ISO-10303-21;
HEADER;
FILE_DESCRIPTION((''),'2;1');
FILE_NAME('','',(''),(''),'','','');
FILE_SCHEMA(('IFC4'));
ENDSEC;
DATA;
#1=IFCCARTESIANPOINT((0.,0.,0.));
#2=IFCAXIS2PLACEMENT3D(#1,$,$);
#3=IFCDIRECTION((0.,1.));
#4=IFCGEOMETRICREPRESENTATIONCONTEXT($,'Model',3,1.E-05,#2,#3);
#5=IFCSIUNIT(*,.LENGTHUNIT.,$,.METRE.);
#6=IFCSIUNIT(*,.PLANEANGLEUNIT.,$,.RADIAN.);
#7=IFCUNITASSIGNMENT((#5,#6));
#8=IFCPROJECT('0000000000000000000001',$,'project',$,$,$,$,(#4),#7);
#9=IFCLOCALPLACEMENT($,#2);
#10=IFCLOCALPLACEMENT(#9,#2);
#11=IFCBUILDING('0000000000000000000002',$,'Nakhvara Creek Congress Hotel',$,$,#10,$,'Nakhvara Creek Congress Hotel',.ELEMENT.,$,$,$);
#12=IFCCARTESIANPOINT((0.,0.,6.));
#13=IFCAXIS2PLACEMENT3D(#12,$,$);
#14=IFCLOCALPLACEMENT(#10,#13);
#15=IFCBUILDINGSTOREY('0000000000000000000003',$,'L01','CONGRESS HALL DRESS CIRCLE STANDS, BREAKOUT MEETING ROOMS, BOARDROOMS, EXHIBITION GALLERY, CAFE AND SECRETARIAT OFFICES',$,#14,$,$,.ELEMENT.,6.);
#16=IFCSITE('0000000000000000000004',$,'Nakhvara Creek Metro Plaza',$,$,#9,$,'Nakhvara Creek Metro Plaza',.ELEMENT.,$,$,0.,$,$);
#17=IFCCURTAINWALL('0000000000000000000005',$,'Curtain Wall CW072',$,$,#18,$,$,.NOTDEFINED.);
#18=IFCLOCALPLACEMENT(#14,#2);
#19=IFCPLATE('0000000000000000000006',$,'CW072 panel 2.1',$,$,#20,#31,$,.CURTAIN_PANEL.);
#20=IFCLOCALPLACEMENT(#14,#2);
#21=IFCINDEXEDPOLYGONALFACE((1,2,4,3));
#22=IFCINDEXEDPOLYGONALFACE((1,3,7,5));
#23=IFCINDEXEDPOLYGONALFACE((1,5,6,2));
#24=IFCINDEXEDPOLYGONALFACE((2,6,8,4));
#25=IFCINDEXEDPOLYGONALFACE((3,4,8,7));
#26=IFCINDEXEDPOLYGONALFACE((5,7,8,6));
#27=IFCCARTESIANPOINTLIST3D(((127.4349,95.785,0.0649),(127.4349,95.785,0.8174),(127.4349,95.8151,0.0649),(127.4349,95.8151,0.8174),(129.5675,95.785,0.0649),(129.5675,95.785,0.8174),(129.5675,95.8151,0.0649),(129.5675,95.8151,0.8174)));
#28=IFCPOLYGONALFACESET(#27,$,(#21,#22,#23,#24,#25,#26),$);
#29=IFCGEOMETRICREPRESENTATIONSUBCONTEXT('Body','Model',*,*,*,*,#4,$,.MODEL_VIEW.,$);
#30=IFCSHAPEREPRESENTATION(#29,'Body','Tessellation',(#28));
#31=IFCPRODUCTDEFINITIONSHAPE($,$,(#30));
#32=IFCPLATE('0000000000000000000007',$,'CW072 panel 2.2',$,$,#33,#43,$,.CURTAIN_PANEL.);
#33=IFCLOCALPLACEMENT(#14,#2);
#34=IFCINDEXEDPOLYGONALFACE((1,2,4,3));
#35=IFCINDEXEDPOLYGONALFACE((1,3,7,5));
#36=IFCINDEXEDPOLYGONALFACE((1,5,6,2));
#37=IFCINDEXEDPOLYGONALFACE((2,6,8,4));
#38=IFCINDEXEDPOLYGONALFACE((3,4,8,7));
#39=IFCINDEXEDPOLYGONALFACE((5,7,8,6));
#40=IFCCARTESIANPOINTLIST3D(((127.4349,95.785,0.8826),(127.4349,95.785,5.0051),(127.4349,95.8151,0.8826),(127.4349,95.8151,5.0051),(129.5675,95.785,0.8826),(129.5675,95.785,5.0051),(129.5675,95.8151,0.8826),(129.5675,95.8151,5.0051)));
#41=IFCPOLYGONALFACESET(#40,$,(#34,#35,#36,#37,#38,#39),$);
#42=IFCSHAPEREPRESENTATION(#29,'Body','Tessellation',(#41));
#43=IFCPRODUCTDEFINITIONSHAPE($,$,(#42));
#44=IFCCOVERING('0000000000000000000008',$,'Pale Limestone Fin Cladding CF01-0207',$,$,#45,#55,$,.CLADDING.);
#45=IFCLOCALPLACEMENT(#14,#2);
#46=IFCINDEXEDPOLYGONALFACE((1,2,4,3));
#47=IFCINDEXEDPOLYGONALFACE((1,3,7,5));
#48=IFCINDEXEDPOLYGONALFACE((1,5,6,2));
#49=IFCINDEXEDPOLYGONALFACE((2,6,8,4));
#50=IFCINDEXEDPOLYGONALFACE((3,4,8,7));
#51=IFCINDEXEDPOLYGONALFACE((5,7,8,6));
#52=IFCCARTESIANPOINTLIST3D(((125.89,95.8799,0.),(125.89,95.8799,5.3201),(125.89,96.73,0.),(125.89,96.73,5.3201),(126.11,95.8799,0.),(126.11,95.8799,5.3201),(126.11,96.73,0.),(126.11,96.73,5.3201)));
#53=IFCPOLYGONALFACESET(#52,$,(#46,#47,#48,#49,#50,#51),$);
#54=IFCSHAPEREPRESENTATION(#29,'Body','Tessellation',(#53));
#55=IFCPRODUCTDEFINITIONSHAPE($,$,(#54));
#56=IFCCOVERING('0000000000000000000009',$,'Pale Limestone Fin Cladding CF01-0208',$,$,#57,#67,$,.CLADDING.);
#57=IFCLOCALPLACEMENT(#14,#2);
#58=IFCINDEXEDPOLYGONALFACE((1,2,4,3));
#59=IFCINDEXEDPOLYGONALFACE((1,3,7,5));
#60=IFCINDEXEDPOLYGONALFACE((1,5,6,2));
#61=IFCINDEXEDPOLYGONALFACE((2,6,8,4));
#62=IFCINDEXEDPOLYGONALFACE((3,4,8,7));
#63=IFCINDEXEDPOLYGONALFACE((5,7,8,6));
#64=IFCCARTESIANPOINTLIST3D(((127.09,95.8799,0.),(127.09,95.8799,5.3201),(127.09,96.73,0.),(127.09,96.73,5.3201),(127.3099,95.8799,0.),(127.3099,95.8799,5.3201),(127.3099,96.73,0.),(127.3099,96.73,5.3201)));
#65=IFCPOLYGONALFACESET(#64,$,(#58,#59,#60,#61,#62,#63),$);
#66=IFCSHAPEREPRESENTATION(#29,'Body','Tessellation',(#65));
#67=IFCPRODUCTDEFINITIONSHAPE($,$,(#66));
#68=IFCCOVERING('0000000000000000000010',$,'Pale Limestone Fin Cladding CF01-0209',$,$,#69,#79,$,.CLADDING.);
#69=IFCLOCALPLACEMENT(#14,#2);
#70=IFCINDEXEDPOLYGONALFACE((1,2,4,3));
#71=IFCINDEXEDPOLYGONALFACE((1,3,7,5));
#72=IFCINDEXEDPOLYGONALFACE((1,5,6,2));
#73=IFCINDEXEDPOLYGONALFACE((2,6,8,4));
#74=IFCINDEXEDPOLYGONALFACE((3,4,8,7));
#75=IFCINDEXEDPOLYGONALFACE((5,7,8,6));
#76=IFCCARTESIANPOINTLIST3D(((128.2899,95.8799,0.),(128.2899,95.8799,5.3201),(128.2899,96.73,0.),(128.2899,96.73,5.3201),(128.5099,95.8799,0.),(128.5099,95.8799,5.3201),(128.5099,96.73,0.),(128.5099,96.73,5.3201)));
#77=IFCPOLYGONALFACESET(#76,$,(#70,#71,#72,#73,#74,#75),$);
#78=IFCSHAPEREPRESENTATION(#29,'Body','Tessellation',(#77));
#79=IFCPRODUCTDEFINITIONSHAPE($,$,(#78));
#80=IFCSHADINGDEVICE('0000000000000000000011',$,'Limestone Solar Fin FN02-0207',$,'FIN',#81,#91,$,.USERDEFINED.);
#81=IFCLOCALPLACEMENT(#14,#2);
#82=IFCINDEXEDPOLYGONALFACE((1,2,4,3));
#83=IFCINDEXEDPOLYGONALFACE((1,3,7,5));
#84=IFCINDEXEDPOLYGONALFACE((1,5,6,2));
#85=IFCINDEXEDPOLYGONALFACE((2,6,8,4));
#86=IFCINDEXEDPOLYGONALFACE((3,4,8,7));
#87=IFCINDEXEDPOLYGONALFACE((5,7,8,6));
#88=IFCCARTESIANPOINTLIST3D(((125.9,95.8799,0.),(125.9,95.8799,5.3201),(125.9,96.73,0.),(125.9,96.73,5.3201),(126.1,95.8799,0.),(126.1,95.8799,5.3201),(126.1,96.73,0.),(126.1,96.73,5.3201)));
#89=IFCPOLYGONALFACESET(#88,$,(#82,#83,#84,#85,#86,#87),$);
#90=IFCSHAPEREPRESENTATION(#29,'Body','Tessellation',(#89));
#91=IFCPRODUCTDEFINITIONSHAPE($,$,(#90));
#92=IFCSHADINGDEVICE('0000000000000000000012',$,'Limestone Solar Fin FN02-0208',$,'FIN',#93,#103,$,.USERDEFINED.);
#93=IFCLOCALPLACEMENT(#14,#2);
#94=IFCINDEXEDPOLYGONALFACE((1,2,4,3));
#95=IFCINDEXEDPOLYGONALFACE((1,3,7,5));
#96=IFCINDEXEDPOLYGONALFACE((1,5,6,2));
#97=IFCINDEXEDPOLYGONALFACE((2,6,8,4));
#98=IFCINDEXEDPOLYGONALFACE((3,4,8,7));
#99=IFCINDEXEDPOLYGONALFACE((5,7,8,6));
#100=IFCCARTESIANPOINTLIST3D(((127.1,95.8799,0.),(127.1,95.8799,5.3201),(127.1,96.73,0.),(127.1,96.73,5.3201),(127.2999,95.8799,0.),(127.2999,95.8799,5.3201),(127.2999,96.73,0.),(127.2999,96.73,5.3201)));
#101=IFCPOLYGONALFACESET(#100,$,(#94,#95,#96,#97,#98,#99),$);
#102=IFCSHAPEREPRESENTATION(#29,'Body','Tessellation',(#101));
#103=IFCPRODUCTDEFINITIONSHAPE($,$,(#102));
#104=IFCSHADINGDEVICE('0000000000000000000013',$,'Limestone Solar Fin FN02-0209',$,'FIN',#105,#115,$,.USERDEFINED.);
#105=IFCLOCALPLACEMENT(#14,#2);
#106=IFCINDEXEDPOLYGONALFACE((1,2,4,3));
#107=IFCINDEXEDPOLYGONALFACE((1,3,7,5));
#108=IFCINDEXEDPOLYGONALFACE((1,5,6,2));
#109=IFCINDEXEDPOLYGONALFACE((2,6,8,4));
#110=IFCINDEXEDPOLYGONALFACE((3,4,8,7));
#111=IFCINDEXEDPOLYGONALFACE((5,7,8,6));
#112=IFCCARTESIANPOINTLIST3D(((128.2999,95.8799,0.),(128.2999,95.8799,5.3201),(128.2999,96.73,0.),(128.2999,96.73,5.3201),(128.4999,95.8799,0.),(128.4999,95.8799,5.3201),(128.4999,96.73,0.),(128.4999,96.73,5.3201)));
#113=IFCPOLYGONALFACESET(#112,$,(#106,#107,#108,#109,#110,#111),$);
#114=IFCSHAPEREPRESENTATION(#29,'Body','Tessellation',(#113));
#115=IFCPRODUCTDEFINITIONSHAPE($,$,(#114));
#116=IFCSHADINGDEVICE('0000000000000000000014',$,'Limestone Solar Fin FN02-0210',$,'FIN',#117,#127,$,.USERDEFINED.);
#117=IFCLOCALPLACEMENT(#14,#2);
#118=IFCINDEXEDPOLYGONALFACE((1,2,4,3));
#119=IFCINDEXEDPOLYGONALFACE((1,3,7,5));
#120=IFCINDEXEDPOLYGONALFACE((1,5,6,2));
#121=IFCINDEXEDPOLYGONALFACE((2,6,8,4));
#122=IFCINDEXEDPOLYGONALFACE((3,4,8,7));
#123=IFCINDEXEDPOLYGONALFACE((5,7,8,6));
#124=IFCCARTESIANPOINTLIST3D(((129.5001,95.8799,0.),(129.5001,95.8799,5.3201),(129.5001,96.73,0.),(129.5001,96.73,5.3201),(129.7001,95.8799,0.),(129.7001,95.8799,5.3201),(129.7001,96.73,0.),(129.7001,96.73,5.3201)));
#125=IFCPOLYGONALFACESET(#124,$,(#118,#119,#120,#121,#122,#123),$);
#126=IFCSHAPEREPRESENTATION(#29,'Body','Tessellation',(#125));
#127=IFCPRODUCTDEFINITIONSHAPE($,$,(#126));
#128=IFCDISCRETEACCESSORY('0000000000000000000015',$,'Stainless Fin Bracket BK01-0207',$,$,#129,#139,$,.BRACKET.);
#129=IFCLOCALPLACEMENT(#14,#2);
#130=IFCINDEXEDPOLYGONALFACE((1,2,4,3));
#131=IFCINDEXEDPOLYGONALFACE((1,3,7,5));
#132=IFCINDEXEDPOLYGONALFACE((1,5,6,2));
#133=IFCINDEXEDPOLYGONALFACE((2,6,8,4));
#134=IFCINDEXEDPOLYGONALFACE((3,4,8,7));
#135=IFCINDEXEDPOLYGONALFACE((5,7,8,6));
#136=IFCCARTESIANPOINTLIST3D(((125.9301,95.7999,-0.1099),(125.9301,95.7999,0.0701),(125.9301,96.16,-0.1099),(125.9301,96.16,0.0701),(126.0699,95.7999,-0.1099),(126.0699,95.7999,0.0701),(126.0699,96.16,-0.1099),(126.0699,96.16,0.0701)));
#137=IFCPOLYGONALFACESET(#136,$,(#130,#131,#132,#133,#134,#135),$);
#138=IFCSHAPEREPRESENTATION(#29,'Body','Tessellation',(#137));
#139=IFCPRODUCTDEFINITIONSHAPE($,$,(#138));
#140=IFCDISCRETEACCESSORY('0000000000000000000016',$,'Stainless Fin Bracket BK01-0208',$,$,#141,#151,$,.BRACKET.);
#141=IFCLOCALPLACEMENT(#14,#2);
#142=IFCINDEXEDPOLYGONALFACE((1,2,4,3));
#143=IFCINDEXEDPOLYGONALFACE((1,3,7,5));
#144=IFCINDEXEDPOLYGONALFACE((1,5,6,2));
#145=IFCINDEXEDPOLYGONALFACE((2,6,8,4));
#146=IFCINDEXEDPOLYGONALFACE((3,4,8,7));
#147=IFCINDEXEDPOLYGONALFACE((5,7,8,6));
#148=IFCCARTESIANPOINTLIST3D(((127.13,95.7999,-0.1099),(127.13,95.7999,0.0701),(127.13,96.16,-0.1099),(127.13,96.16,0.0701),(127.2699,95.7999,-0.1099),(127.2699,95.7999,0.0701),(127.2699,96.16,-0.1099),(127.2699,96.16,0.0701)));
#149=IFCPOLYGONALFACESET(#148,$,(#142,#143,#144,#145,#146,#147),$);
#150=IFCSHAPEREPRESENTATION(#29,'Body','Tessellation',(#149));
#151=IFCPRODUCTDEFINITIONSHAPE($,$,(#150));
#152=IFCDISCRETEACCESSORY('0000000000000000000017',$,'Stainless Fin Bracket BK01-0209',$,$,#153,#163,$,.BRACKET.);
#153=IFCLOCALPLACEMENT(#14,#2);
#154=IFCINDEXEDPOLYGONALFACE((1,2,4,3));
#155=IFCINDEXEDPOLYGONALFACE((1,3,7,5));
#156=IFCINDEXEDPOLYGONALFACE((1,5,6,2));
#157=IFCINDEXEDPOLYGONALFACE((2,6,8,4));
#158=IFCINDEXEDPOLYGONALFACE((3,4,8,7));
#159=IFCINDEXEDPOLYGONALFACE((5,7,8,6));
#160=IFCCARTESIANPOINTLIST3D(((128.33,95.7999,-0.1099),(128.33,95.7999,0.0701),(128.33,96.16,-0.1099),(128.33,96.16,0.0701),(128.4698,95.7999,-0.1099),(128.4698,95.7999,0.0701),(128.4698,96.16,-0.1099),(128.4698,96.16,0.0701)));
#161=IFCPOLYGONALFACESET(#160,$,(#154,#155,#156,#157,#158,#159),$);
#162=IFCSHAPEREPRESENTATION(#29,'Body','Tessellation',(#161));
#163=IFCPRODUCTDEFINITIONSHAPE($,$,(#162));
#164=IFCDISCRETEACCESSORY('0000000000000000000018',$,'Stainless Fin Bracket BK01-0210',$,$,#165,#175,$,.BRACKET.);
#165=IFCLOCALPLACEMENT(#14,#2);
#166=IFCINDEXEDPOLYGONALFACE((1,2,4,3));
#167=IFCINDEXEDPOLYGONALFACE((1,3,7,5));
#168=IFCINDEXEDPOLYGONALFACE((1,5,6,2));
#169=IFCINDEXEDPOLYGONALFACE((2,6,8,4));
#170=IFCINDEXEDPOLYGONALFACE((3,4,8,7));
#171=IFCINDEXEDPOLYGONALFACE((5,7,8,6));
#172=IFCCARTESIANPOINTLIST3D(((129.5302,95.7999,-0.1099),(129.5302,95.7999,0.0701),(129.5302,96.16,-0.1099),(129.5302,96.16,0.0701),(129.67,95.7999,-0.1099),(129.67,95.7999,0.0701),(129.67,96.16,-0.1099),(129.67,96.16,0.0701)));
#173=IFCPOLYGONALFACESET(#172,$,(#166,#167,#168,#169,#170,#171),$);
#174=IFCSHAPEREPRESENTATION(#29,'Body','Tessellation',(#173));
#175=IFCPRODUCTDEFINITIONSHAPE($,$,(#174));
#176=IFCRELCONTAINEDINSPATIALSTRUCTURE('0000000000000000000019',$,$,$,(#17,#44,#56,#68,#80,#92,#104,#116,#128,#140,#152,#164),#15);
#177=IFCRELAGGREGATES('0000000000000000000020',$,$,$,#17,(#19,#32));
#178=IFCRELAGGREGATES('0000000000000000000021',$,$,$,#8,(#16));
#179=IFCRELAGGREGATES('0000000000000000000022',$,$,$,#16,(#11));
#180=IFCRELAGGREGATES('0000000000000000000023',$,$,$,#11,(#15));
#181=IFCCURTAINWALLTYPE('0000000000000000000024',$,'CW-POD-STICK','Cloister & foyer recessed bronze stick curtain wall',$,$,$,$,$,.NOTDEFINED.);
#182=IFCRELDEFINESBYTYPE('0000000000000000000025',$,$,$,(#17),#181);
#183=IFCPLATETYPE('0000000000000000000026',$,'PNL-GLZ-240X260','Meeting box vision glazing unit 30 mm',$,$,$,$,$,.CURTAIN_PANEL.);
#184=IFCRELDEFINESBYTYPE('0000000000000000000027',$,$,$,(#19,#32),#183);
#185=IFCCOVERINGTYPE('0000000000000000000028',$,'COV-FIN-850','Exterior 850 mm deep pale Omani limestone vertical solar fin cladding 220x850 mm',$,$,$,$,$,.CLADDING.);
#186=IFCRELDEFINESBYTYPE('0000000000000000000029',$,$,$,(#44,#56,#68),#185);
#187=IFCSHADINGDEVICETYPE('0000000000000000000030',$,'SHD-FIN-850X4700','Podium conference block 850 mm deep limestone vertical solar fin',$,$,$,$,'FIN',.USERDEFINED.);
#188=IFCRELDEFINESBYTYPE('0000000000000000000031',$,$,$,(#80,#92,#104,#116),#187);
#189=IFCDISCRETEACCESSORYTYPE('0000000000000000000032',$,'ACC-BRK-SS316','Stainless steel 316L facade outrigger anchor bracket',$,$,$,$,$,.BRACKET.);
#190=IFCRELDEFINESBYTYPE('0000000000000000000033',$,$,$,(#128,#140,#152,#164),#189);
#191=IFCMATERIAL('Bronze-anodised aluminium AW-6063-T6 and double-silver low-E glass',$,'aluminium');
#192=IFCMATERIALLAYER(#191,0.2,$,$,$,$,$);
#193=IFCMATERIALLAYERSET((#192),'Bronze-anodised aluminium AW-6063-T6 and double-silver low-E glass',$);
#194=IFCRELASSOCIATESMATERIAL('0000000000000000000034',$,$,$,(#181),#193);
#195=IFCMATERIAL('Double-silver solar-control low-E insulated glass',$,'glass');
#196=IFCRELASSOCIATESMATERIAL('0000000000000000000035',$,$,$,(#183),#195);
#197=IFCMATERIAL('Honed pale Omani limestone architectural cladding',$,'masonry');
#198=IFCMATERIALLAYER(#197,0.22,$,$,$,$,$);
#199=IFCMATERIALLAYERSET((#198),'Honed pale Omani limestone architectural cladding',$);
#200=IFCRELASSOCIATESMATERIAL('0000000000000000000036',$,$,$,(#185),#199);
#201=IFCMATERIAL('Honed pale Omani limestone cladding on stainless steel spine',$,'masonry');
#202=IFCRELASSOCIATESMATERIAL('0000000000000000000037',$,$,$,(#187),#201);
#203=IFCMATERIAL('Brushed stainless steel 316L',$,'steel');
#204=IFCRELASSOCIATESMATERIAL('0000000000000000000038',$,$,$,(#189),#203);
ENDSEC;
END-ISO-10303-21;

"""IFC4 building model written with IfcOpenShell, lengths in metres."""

from ifc_helpers import new_model, si_unit, direction, frame, origin, origin_2d, place, context, subcontext, project, spatial, rectangle, extrude, material, layer, layer_set, type_object, element, aggregate, save


model = new_model("IFC4")

# Units and contexts
model_context = context("Model", 3, precision=1e-05, world=origin(), true_north=direction((0.0, 1.0)))
body_context = subcontext(model_context, "Body", "Model", "MODEL_VIEW")
ifc_project = project(units=[si_unit("LENGTHUNIT", "METRE"), si_unit("PLANEANGLEUNIT", "RADIAN")], contexts=[model_context])

# Site, building, storey
site_placement = place(None, origin())
site = spatial("IfcSite", under=ifc_project, at=site_placement, Name="Nakhvara Creek Metro Plaza", LongName="Nakhvara Creek Metro Plaza", CompositionType="ELEMENT", RefElevation=0.0)
building_placement = place(site_placement, origin())
building = spatial("IfcBuilding", under=site, at=building_placement, Name="Nakhvara Creek Congress Hotel", LongName="Nakhvara Creek Congress Hotel", CompositionType="ELEMENT")
storey_placement = place(building_placement, frame((0.0, 0.0, 6.0)))
storey = spatial("IfcBuildingStorey", under=building, at=storey_placement, Name="L01", Description="CONGRESS HALL DRESS CIRCLE STANDS, BREAKOUT MEETING ROOMS, BOARDROOMS, EXHIBITION GALLERY, CAFE AND SECRETARIAT OFFICES", CompositionType="ELEMENT", Elevation=6.0)

# Curtain wall, plates
ifc_material_1 = material(Name="Bronze-anodised aluminium AW-6063-T6 and double-silver low-E glass", Category="aluminium")
ifc_layer_1 = layer(ifc_material_1, 0.2)
ifc_layer_set_1 = layer_set([ifc_layer_1], Name="Bronze-anodised aluminium AW-6063-T6 and double-silver low-E glass")
curtain_wall_type = type_object("IfcCurtainWallType", Name="CW-POD-STICK", Description="Cloister & foyer recessed bronze stick curtain wall", PredefinedType="NOTDEFINED", material=ifc_layer_set_1)
curtain_wall_placement = place(storey_placement, origin())
curtain_wall = element("IfcCurtainWall", 1, at=curtain_wall_placement, inside=storey, type_object=curtain_wall_type, Name="Curtain Wall CW072", PredefinedType="NOTDEFINED")
ifc_material_2 = material(Name="Double-silver solar-control low-E insulated glass", Category="glass")
plate_type = type_object("IfcPlateType", Name="PNL-GLZ-240X260", Description="Meeting box vision glazing unit 30 mm", PredefinedType="CURTAIN_PANEL", material=ifc_material_2)
plate_1_placement = place(storey_placement, frame((128.5012, 95.8, 0.0649), z_axis=(0.0, 0.0, 1.0), x_axis=(1.0, 0.0, 0.0)))
plate_1 = element("IfcPlate", 2, at=plate_1_placement, type_object=plate_type, Name="CW072 panel 2.1", PredefinedType="CURTAIN_PANEL", context=body_context, shape_type="SweptSolid", body=[
    extrude(rectangle(XDim=2.1326, YDim=0.03, at=origin_2d()), origin(), (0.0, 0.0, 1.0), 0.7524),
])
plate_2_placement = place(storey_placement, frame((128.5012, 95.8, 0.8826), z_axis=(0.0, 0.0, 1.0), x_axis=(1.0, 0.0, 0.0)))
plate_2 = element("IfcPlate", 3, at=plate_2_placement, type_object=plate_type, Name="CW072 panel 2.2", PredefinedType="CURTAIN_PANEL", context=body_context, shape_type="SweptSolid", body=[
    extrude(rectangle(XDim=2.1326, YDim=0.03, at=origin_2d()), origin(), (0.0, 0.0, 1.0), 4.1226),
])
aggregate(curtain_wall, [plate_1, plate_2])

# Coverings
ifc_material_3 = material(Name="Honed pale Omani limestone architectural cladding", Category="masonry")
ifc_layer_2 = layer(ifc_material_3, 0.22)
ifc_layer_set_2 = layer_set([ifc_layer_2], Name="Honed pale Omani limestone architectural cladding")
covering_type = type_object("IfcCoveringType", Name="COV-FIN-850", Description="Exterior 850 mm deep pale Omani limestone vertical solar fin cladding 220x850 mm", PredefinedType="CLADDING", material=ifc_layer_set_2)
for number, where, z_axis, x_axis, name in (
    (4, (126.0, 96.3049, 0.0), (0.0, 0.0, 1.0), (1.0, 0.0, 0.0), "Pale Limestone Fin Cladding CF01-0207"),
    (5, (127.2, 96.3049, 0.0), (0.0, 0.0, 1.0), (1.0, 0.0, 0.0), "Pale Limestone Fin Cladding CF01-0208"),
    (6, (128.3999, 96.3049, 0.0), (0.0, 0.0, 1.0), (1.0, 0.0, 0.0), "Pale Limestone Fin Cladding CF01-0209"),
):
    element("IfcCovering", number, at=place(storey_placement, frame(where, z_axis=z_axis, x_axis=x_axis)), inside=storey, type_object=covering_type, Name=name, PredefinedType="CLADDING", context=body_context, shape_type="SweptSolid", body=[
        extrude(rectangle(XDim=0.22, YDim=0.8501, at=origin_2d()), origin(), (0.0, 0.0, 1.0), 5.3201),
    ])

# Shading devices
ifc_material_4 = material(Name="Honed pale Omani limestone cladding on stainless steel spine", Category="masonry")
shading_device_type = type_object("IfcShadingDeviceType", Name="SHD-FIN-850X4700", Description="Podium conference block 850 mm deep limestone vertical solar fin", ElementType="FIN", PredefinedType="USERDEFINED", material=ifc_material_4)
for number, where, z_axis, x_axis, name in (
    (7, (126.0, 96.3049, 0.0), (0.0, 0.0, 1.0), (1.0, 0.0, 0.0), "Limestone Solar Fin FN02-0207"),
    (8, (127.2, 96.3049, 0.0), (0.0, 0.0, 1.0), (1.0, 0.0, 0.0), "Limestone Solar Fin FN02-0208"),
    (9, (128.3999, 96.3049, 0.0), (0.0, 0.0, 1.0), (1.0, 0.0, 0.0), "Limestone Solar Fin FN02-0209"),
    (10, (129.6001, 96.3049, 0.0), (0.0, 0.0, 1.0), (1.0, 0.0, 0.0), "Limestone Solar Fin FN02-0210"),
):
    element("IfcShadingDevice", number, at=place(storey_placement, frame(where, z_axis=z_axis, x_axis=x_axis)), inside=storey, type_object=shading_device_type, Name=name, ObjectType="FIN", PredefinedType="USERDEFINED", context=body_context, shape_type="SweptSolid", body=[
        extrude(rectangle(XDim=0.2, YDim=0.8501, at=origin_2d()), origin(), (0.0, 0.0, 1.0), 5.3201),
    ])

# Discrete accessories
ifc_material_5 = material(Name="Brushed stainless steel 316L", Category="steel")
discrete_accessory_type = type_object("IfcDiscreteAccessoryType", Name="ACC-BRK-SS316", Description="Stainless steel 316L facade outrigger anchor bracket", PredefinedType="BRACKET", material=ifc_material_5)
for number, where, z_axis, x_axis, name in (
    (11, (126.0, 95.98, -0.1099), (0.0, 0.0, 1.0), (1.0, 0.0, 0.0), "Stainless Fin Bracket BK01-0207"),
    (12, (127.2, 95.98, -0.1099), (0.0, 0.0, 1.0), (1.0, 0.0, 0.0), "Stainless Fin Bracket BK01-0208"),
    (13, (128.3999, 95.98, -0.1099), (0.0, 0.0, 1.0), (1.0, 0.0, 0.0), "Stainless Fin Bracket BK01-0209"),
    (14, (129.6001, 95.98, -0.1099), (0.0, 0.0, 1.0), (1.0, 0.0, 0.0), "Stainless Fin Bracket BK01-0210"),
):
    element("IfcDiscreteAccessory", number, at=place(storey_placement, frame(where, z_axis=z_axis, x_axis=x_axis)), inside=storey, type_object=discrete_accessory_type, Name=name, PredefinedType="BRACKET", context=body_context, shape_type="SweptSolid", body=[
        extrude(rectangle(XDim=0.1399, YDim=0.3601, at=origin_2d()), origin(), (0.0, 0.0, 1.0), 0.1799),
    ])

save(model, "model.ifc")
